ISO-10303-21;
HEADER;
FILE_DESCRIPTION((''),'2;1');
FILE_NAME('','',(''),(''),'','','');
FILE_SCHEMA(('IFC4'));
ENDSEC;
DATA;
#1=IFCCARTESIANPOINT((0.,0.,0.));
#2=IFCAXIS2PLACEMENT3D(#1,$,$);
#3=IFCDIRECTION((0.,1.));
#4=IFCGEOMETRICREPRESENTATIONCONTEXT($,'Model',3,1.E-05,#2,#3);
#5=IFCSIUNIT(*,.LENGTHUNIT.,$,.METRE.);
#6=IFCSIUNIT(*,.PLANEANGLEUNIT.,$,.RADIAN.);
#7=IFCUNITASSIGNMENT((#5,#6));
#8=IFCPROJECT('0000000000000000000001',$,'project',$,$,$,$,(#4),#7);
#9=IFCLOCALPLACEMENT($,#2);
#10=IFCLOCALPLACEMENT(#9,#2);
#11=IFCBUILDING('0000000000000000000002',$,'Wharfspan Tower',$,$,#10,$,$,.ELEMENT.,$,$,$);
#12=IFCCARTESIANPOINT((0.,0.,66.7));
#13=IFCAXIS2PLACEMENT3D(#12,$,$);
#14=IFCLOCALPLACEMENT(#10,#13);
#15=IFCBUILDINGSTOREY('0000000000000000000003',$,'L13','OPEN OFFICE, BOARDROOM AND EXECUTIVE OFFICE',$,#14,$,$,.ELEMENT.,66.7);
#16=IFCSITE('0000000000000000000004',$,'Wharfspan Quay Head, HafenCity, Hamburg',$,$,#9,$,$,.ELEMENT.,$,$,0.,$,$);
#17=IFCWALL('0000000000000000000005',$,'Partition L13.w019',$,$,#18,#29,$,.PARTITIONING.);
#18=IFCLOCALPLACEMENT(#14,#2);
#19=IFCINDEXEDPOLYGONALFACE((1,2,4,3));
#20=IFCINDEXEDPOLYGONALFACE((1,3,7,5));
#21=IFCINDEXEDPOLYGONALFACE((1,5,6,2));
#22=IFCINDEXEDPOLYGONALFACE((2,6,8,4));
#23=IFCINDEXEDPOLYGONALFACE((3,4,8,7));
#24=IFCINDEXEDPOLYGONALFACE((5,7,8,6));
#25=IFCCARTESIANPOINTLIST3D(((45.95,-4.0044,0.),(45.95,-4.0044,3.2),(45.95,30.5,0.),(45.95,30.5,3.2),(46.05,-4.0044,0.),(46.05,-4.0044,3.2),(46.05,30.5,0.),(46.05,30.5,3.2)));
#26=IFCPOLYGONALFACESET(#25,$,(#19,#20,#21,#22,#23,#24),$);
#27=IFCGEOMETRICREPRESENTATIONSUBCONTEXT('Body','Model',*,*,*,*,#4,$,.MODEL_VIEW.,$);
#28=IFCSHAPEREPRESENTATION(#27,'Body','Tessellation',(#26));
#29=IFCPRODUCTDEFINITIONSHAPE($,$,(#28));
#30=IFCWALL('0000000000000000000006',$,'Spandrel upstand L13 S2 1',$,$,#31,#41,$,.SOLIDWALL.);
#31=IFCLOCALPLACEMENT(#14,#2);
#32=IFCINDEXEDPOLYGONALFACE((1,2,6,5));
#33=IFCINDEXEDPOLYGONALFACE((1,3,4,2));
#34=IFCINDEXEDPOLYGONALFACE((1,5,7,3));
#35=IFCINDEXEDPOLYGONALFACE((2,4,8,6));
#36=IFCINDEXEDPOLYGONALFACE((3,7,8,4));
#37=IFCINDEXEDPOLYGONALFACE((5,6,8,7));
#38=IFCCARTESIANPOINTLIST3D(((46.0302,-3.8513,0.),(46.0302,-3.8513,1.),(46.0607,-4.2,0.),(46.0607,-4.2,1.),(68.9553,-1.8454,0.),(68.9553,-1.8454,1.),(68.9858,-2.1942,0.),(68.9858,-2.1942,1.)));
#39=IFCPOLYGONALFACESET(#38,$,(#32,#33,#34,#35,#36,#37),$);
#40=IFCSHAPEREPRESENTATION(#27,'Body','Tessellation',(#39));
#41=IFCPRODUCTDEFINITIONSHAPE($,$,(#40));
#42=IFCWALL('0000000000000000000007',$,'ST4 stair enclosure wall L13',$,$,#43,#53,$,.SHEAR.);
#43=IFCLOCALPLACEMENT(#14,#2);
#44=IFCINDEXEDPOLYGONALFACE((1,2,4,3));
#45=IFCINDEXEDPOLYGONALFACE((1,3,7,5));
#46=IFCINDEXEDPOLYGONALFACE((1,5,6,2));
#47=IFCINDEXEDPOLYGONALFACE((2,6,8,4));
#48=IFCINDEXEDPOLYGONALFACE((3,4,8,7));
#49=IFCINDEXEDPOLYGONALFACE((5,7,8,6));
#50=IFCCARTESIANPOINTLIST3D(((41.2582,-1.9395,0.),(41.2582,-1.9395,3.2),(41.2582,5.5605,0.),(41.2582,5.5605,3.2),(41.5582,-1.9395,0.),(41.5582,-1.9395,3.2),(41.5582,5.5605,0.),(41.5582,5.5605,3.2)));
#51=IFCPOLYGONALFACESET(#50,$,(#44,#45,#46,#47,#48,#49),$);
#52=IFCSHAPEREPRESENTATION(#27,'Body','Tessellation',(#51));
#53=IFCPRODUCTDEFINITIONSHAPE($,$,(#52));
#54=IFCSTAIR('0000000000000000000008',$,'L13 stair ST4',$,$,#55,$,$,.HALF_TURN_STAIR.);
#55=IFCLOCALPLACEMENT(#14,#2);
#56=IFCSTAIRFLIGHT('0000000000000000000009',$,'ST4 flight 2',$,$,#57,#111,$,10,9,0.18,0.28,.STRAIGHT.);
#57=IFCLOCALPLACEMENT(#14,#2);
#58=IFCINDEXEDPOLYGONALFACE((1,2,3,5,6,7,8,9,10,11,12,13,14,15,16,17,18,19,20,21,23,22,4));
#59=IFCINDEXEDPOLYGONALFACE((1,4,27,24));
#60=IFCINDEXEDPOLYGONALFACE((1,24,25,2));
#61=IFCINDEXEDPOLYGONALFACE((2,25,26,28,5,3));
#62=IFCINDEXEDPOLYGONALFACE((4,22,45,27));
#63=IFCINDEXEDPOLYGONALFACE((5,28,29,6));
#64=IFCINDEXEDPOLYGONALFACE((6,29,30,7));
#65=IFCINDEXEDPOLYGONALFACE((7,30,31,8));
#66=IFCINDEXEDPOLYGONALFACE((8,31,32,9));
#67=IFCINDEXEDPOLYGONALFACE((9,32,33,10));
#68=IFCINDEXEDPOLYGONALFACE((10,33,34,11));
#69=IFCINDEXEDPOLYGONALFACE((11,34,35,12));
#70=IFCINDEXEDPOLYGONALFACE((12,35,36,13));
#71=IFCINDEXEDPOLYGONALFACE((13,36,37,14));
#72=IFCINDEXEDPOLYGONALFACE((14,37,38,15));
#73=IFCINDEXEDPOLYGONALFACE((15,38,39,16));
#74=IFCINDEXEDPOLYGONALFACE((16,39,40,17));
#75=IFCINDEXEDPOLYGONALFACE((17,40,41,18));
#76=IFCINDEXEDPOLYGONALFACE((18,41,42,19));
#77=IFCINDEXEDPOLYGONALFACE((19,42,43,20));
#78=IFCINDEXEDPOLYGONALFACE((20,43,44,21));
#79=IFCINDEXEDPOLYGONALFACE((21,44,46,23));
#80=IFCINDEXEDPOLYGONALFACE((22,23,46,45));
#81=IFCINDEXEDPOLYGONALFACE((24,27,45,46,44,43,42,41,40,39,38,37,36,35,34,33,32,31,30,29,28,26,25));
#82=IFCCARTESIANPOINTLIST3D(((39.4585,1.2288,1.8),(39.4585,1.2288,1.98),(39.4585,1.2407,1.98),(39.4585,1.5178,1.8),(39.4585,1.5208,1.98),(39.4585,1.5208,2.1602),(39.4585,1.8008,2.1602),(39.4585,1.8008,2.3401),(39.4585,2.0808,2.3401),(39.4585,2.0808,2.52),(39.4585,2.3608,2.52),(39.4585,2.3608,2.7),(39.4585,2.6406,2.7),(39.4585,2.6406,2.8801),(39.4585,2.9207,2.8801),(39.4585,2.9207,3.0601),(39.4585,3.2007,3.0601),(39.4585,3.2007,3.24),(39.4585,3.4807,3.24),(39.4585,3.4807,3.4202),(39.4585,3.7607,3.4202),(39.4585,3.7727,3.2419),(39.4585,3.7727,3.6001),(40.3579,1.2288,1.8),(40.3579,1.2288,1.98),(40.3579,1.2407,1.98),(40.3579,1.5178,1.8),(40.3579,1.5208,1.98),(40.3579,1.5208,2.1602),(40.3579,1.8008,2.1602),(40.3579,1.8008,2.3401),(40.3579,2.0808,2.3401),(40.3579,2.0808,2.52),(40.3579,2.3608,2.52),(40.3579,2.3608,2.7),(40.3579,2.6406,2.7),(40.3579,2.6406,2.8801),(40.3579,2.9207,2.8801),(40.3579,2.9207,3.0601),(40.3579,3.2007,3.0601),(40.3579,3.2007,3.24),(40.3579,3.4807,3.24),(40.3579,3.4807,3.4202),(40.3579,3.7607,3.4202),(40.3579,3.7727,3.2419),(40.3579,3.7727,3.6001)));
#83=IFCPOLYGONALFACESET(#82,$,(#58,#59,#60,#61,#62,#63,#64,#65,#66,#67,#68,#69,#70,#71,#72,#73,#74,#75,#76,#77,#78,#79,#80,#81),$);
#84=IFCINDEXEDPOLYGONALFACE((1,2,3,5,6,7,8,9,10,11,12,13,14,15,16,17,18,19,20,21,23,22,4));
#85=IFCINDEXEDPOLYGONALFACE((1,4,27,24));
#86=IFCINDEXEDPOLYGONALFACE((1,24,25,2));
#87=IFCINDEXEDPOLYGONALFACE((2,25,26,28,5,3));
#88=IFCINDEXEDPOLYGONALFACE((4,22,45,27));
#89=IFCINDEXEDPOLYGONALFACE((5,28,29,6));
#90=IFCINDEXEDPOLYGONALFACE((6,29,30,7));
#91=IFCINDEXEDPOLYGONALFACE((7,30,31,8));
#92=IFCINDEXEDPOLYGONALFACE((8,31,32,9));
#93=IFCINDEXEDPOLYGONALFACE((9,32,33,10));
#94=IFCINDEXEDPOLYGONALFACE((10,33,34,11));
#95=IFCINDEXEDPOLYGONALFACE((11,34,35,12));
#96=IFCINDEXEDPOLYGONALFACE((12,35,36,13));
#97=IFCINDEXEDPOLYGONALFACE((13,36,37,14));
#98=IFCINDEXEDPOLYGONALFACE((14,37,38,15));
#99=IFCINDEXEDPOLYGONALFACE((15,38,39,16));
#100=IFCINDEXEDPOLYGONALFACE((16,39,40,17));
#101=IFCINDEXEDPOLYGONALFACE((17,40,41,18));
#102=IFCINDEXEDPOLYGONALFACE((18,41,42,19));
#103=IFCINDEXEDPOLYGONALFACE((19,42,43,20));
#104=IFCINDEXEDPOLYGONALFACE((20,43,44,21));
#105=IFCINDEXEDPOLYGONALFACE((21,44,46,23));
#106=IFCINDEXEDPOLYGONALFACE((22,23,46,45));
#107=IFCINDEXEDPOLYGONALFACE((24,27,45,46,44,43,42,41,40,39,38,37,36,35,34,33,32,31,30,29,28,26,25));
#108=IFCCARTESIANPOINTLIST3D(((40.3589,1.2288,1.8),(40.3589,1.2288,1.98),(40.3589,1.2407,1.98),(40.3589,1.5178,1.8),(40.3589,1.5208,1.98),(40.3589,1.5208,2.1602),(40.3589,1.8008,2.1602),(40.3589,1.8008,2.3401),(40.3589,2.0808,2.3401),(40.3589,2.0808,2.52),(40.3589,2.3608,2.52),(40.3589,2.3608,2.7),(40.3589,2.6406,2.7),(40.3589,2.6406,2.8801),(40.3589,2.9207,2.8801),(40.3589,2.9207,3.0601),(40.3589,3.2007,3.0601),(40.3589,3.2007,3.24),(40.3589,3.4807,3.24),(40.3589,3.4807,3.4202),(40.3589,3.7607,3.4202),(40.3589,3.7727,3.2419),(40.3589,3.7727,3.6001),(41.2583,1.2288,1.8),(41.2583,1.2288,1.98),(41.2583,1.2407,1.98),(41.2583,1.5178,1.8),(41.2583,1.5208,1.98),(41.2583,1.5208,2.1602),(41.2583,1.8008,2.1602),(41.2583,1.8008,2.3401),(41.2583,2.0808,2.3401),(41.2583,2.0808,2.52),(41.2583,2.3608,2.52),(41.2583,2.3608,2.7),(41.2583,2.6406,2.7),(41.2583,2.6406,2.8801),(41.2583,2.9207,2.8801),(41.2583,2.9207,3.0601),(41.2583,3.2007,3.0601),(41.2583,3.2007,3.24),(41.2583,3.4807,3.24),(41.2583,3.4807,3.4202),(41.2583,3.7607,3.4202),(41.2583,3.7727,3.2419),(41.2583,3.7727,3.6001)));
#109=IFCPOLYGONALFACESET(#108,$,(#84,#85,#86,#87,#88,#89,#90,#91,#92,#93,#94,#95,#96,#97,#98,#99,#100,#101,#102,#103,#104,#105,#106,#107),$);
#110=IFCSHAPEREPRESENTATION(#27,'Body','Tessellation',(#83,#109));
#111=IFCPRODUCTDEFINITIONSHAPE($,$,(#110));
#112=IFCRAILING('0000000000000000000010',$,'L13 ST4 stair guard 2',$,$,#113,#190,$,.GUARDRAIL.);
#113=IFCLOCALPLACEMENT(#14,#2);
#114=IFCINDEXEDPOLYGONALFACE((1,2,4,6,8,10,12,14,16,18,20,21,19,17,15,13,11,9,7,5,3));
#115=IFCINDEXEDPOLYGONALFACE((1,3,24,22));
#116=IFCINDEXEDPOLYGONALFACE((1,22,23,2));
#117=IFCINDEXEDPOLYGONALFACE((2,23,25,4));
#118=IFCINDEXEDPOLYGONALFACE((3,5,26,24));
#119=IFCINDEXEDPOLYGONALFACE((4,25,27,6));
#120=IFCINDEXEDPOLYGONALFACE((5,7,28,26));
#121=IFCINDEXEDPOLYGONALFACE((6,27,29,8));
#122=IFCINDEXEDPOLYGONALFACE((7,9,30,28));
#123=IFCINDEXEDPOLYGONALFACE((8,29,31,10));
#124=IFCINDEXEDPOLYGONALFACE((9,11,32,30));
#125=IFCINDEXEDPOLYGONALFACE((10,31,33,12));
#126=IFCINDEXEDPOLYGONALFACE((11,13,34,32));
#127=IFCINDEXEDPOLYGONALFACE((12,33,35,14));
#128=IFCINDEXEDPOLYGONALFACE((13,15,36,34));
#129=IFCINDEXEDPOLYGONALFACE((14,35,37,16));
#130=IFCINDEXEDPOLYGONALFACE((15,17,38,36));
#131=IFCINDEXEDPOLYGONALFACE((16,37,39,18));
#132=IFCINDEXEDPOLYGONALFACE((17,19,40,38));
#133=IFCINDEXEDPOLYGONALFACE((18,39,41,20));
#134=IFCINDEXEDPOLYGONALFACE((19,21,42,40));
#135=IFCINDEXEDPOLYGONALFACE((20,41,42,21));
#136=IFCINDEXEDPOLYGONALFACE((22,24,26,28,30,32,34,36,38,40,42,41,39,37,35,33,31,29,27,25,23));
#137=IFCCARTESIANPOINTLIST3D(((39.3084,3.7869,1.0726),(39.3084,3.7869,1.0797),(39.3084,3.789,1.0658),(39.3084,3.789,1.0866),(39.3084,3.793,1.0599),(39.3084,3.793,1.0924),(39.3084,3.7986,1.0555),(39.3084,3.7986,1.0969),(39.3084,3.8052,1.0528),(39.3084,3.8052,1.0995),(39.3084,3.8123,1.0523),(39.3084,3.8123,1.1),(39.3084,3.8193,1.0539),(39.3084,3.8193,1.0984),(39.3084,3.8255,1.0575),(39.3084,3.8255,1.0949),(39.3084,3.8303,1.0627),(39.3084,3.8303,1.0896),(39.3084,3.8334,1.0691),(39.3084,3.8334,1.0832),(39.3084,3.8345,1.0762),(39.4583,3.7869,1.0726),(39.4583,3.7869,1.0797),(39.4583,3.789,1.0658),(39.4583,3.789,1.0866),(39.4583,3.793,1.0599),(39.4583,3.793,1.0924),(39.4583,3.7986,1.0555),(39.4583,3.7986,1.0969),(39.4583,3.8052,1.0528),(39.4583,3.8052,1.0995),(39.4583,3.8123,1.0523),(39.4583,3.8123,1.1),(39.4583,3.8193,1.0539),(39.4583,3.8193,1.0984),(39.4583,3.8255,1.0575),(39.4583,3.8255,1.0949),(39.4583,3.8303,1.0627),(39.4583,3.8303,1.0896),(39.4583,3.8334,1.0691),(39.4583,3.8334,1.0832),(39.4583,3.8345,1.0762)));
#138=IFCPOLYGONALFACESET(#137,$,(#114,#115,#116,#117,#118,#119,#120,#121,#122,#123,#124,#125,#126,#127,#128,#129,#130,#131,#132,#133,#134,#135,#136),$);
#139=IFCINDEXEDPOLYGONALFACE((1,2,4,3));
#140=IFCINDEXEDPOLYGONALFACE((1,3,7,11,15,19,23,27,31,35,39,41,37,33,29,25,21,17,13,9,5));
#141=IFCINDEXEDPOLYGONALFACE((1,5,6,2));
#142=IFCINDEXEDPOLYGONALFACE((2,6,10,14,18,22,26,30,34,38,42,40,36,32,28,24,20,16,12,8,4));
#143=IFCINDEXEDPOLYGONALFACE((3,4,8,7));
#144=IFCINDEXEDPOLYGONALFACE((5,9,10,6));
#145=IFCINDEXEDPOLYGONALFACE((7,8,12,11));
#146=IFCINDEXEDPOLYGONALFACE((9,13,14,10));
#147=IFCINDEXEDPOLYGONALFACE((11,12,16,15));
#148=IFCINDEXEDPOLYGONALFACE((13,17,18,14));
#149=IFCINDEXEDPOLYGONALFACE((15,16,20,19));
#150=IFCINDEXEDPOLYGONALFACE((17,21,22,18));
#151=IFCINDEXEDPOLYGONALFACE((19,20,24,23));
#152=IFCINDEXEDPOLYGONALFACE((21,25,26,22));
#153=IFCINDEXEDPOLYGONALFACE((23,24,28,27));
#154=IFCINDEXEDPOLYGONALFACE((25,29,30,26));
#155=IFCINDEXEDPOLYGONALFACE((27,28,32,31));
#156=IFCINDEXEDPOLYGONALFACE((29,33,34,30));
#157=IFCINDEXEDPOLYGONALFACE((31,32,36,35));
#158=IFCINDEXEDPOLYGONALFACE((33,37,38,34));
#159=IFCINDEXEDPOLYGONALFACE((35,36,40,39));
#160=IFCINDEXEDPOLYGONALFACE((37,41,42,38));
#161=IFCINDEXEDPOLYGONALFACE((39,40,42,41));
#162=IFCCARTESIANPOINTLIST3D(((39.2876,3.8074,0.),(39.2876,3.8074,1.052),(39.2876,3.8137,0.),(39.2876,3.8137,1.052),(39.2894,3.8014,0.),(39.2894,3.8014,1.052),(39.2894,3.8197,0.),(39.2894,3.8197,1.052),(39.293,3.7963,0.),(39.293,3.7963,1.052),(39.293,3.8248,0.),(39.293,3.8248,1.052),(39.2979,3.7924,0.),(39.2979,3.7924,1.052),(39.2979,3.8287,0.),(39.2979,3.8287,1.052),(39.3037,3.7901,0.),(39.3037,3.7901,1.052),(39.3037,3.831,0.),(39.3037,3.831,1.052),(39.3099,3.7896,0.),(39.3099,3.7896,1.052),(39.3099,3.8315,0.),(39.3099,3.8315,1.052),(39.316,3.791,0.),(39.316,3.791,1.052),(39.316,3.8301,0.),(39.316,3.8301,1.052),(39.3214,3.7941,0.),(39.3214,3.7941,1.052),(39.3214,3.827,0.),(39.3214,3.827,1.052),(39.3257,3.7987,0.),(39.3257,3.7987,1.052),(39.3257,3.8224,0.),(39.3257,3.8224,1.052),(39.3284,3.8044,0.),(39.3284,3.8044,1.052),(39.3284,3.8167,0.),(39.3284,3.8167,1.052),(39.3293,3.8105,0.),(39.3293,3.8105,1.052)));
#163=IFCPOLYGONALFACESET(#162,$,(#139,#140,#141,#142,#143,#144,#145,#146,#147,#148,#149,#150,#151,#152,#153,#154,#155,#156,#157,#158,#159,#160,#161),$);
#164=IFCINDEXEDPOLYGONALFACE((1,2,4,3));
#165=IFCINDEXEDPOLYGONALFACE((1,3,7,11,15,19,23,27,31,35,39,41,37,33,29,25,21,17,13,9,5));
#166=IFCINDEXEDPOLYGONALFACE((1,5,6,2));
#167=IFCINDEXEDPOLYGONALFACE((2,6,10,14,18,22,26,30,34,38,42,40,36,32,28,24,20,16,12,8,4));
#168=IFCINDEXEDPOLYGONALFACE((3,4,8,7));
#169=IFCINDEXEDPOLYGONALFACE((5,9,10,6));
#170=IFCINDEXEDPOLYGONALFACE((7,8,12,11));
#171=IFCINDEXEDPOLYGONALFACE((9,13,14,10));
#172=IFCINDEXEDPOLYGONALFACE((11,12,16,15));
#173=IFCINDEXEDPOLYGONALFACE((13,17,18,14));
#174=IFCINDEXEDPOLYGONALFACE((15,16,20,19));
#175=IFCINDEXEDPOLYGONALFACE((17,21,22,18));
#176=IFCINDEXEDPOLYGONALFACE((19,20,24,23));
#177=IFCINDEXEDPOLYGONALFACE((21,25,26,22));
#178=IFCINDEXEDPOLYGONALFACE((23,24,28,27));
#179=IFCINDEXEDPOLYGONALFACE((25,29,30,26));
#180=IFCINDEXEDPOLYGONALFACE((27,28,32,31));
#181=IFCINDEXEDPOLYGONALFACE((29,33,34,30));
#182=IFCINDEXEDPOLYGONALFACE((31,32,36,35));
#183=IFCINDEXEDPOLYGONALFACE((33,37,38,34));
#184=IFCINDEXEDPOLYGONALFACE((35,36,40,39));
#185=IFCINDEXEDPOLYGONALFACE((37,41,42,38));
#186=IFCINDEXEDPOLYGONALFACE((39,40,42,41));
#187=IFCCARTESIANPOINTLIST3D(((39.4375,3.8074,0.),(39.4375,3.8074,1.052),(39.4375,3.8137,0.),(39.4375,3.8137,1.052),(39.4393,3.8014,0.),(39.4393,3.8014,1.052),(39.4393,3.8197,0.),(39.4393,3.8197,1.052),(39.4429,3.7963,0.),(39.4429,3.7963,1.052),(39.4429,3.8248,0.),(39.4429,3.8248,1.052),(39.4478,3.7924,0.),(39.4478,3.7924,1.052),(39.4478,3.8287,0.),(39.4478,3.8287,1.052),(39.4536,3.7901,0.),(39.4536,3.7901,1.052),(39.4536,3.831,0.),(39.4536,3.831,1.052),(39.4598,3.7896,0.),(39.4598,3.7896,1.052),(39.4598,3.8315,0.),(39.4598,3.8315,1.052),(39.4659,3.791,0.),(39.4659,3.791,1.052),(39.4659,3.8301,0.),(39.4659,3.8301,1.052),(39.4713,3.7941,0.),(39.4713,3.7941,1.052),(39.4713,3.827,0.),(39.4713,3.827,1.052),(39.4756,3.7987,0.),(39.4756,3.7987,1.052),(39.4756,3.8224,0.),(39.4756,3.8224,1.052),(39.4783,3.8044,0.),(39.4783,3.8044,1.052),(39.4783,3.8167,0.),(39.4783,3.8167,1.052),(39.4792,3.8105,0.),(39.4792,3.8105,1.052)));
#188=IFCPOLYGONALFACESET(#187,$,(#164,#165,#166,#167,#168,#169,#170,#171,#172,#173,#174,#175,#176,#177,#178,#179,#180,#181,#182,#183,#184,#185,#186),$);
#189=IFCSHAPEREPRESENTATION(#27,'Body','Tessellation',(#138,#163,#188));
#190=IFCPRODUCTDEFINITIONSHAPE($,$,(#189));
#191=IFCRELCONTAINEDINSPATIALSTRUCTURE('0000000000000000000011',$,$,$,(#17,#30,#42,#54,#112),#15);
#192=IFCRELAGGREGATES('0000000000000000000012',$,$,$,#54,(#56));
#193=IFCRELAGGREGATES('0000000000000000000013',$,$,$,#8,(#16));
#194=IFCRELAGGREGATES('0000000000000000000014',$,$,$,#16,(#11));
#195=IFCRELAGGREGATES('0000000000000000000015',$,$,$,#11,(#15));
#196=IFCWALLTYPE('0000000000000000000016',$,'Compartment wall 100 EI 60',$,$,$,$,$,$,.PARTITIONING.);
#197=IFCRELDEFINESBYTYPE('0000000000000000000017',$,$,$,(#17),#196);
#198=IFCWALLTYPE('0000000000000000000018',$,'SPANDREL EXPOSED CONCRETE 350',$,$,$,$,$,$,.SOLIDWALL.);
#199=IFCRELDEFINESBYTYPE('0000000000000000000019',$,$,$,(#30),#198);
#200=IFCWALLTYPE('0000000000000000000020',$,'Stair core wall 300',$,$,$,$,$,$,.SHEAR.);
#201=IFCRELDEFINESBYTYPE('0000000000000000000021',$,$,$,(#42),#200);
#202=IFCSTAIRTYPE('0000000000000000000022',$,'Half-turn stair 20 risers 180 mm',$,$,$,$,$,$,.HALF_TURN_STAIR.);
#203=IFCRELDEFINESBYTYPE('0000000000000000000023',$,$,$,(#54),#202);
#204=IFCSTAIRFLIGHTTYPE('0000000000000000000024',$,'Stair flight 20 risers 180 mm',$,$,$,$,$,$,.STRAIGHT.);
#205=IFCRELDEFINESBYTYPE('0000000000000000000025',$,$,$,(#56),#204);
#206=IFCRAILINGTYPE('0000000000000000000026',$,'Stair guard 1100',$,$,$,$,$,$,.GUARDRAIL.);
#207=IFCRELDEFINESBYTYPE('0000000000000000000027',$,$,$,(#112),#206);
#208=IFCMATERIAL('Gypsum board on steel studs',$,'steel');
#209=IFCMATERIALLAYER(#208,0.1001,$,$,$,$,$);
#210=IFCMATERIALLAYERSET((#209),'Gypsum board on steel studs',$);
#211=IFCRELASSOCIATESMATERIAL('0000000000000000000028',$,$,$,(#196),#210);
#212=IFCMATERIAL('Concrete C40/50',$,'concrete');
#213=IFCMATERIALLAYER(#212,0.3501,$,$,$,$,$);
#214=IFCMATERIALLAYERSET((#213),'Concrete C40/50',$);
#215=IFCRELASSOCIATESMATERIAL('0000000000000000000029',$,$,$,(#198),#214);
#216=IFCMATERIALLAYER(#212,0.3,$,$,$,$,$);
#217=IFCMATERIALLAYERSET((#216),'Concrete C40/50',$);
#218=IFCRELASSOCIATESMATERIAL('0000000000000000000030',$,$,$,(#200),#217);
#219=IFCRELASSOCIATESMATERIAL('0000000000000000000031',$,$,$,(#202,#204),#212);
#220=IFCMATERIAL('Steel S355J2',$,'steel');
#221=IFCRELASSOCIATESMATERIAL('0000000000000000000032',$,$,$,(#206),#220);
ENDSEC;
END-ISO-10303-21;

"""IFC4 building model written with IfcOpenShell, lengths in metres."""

from ifc_helpers import new_model, si_unit, direction, frame, frame_2d, origin, origin_2d, place, context, subcontext, project, spatial, polyline, rectangle, circle, outline, extrude, material, layer, layer_set, type_object, element, aggregate, save


model = new_model("IFC4")

# Units and contexts
model_context = context("Model", 3, precision=1e-05, world=origin(), true_north=direction((0.0, 1.0)))
body_context = subcontext(model_context, "Body", "Model", "MODEL_VIEW")
ifc_project = project(units=[si_unit("LENGTHUNIT", "METRE"), si_unit("PLANEANGLEUNIT", "RADIAN")], contexts=[model_context])

# Site, building, storey
site_placement = place(None, origin())
site = spatial("IfcSite", under=ifc_project, at=site_placement, Name="Wharfspan Quay Head, HafenCity, Hamburg", CompositionType="ELEMENT", RefElevation=0.0)
building_placement = place(site_placement, origin())
building = spatial("IfcBuilding", under=site, at=building_placement, Name="Wharfspan Tower", CompositionType="ELEMENT")
storey_placement = place(building_placement, frame((0.0, 0.0, 66.7)))
storey = spatial("IfcBuildingStorey", under=building, at=storey_placement, Name="L13", Description="OPEN OFFICE, BOARDROOM AND EXECUTIVE OFFICE", CompositionType="ELEMENT", Elevation=66.7)

# Shared definitions
ifc_material_1 = material(Name="Steel S355J2", Category="steel")

# Shared definitions
ifc_material_2 = material(Name="Gypsum board on steel studs", Category="steel")
ifc_layer_1 = layer(ifc_material_2, 0.1001)
ifc_layer_set_1 = layer_set([ifc_layer_1], Name="Gypsum board on steel studs")
wall_type_1 = type_object("IfcWallType", Name="Compartment wall 100 EI 60", PredefinedType="PARTITIONING", material=ifc_layer_set_1)

# Walls
wall_1_placement = place(storey_placement, frame((46.0, -4.0044, 0.0), z_axis=(0.0, 0.0, 1.0), x_axis=(0.0, 1.0, 0.0)))
element("IfcWall", 1, at=wall_1_placement, inside=storey, type_object=wall_type_1, Name="Partition L13.w019", PredefinedType="PARTITIONING", context=body_context, shape_type="SweptSolid", body=[
    extrude(rectangle(XDim=34.5044, YDim=0.1001, at=frame_2d((17.2522, 0.0))), origin(), (0.0, 0.0, 1.0), 3.2),
])
ifc_material_3 = material(Name="Concrete C40/50", Category="concrete")
ifc_layer_2 = layer(ifc_material_3, 0.3501)
ifc_layer_set_2 = layer_set([ifc_layer_2], Name="Concrete C40/50")
wall_type_2 = type_object("IfcWallType", Name="SPANDREL EXPOSED CONCRETE 350", PredefinedType="SOLIDWALL", material=ifc_layer_set_2)
wall_2_placement = place(storey_placement, frame((46.0454, -4.0256, 0.0), z_axis=(0.0, 0.0, 1.0), x_axis=(0.99619, 0.087163, 0.0)))
element("IfcWall", 2, at=wall_2_placement, inside=storey, type_object=wall_type_2, Name="Spandrel upstand L13 S2 1", PredefinedType="SOLIDWALL", context=body_context, shape_type="SweptSolid", body=[
    extrude(rectangle(XDim=23.0127, YDim=0.3501, at=frame_2d((11.5063, 0.0))), origin(), (0.0, 0.0, 1.0), 1.0),
])
ifc_layer_3 = layer(ifc_material_3, 0.3)
ifc_layer_set_3 = layer_set([ifc_layer_3], Name="Concrete C40/50")
wall_type_3 = type_object("IfcWallType", Name="Stair core wall 300", PredefinedType="SHEAR", material=ifc_layer_set_3)
wall_3_placement = place(storey_placement, frame((41.4082, -1.9395, 0.0), z_axis=(0.0, 0.0, 1.0), x_axis=(0.0, 1.0, 0.0)))
element("IfcWall", 3, at=wall_3_placement, inside=storey, type_object=wall_type_3, Name="ST4 stair enclosure wall L13", PredefinedType="SHEAR", context=body_context, shape_type="SweptSolid", body=[
    extrude(rectangle(XDim=7.5, YDim=0.3, at=frame_2d((3.75, 0.0))), origin(), (0.0, 0.0, 1.0), 3.2),
])

# Stair, stair flight
stair_type = type_object("IfcStairType", Name="Half-turn stair 20 risers 180 mm", PredefinedType="HALF_TURN_STAIR", material=ifc_material_3)
stair_placement = place(storey_placement, origin())
stair = element("IfcStair", 4, at=stair_placement, inside=storey, type_object=stair_type, Name="L13 stair ST4", PredefinedType="HALF_TURN_STAIR")
stair_flight_type = type_object("IfcStairFlightType", Name="Stair flight 20 risers 180 mm", PredefinedType="STRAIGHT", material=ifc_material_3)
stair_flight_placement = place(storey_placement, frame((40.3584, 1.2407, 1.8), z_axis=(0.0, 0.0, 1.0), x_axis=(0.0, 1.0, 0.0)))
stair_flight = element("IfcStairFlight", 5, at=stair_flight_placement, type_object=stair_flight_type, Name="ST4 flight 2", NumberOfRisers=10, NumberOfTreads=9, PredefinedType="STRAIGHT", RiserHeight=0.18, TreadLength=0.28, context=body_context, shape_type="SweptSolid", body=[
    extrude(outline(polyline([(-0.012, 0.0), (-0.012, 0.1799), (0.0, 0.1799), (0.28, 0.1799), (0.28, 0.3601), (0.5601, 0.3601), (0.5601, 0.54), (0.8401, 0.54), (0.8401, 0.72), (1.1201, 0.72), (1.1201, 0.8999), (1.3999, 0.8999), (1.3999, 1.0801), (1.6799, 1.0801), (1.6799, 1.26), (1.96, 1.26), (1.96, 1.4399), (2.24, 1.4399), (2.24, 1.6201), (2.52, 1.6201), (2.532, 1.8), (2.532, 1.4419), (0.2771, 0.0), (-0.012, 0.0)])), frame((0.0, 0.8999, 0.0), z_axis=(0.0, -1.0, 0.0), x_axis=(1.0, 0.0, 0.0)), (0.0, 0.0, 1.0), 0.8994),
    extrude(outline(polyline([(-0.012, 0.0), (-0.012, 0.1799), (0.0, 0.1799), (0.28, 0.1799), (0.28, 0.3601), (0.5601, 0.3601), (0.5601, 0.54), (0.8401, 0.54), (0.8401, 0.72), (1.1201, 0.72), (1.1201, 0.8999), (1.3999, 0.8999), (1.3999, 1.0801), (1.6799, 1.0801), (1.6799, 1.26), (1.96, 1.26), (1.96, 1.4399), (2.24, 1.4399), (2.24, 1.6201), (2.52, 1.6201), (2.532, 1.8), (2.532, 1.4419), (0.2771, 0.0), (-0.012, 0.0)])), frame((0.0, -0.0005, 0.0), z_axis=(0.0, -1.0, 0.0), x_axis=(1.0, 0.0, 0.0)), (0.0, 0.0, 1.0), 0.8994),
])
aggregate(stair, [stair_flight])

# Railing
railing_type_1 = type_object("IfcRailingType", Name="Stair guard 1100", PredefinedType="GUARDRAIL", material=ifc_material_1)
railing_1_placement = place(storey_placement, frame((39.3083, 3.8105, 0.0)))
element("IfcRailing", 6, at=railing_1_placement, inside=storey, type_object=railing_type_1, Name="L13 ST4 stair guard 2", PredefinedType="GUARDRAIL", context=body_context, shape_type="SweptSolid", body=[
    extrude(circle(Radius=0.0239, at=origin_2d()), frame((0.0, 0.0, 1.0762), z_axis=(1.0, 0.0, 0.0), x_axis=(0.0, 1.0, 0.0)), (0.0, 0.0, 1.0), 0.1499),
    extrude(circle(Radius=0.021, at=origin_2d()), origin(), (0.0, 0.0, 1.0), 1.052),
    extrude(circle(Radius=0.021, at=origin_2d()), frame((0.1499, 0.0, 0.0)), (0.0, 0.0, 1.0), 1.052),
])

save(model, "model.ifc")
